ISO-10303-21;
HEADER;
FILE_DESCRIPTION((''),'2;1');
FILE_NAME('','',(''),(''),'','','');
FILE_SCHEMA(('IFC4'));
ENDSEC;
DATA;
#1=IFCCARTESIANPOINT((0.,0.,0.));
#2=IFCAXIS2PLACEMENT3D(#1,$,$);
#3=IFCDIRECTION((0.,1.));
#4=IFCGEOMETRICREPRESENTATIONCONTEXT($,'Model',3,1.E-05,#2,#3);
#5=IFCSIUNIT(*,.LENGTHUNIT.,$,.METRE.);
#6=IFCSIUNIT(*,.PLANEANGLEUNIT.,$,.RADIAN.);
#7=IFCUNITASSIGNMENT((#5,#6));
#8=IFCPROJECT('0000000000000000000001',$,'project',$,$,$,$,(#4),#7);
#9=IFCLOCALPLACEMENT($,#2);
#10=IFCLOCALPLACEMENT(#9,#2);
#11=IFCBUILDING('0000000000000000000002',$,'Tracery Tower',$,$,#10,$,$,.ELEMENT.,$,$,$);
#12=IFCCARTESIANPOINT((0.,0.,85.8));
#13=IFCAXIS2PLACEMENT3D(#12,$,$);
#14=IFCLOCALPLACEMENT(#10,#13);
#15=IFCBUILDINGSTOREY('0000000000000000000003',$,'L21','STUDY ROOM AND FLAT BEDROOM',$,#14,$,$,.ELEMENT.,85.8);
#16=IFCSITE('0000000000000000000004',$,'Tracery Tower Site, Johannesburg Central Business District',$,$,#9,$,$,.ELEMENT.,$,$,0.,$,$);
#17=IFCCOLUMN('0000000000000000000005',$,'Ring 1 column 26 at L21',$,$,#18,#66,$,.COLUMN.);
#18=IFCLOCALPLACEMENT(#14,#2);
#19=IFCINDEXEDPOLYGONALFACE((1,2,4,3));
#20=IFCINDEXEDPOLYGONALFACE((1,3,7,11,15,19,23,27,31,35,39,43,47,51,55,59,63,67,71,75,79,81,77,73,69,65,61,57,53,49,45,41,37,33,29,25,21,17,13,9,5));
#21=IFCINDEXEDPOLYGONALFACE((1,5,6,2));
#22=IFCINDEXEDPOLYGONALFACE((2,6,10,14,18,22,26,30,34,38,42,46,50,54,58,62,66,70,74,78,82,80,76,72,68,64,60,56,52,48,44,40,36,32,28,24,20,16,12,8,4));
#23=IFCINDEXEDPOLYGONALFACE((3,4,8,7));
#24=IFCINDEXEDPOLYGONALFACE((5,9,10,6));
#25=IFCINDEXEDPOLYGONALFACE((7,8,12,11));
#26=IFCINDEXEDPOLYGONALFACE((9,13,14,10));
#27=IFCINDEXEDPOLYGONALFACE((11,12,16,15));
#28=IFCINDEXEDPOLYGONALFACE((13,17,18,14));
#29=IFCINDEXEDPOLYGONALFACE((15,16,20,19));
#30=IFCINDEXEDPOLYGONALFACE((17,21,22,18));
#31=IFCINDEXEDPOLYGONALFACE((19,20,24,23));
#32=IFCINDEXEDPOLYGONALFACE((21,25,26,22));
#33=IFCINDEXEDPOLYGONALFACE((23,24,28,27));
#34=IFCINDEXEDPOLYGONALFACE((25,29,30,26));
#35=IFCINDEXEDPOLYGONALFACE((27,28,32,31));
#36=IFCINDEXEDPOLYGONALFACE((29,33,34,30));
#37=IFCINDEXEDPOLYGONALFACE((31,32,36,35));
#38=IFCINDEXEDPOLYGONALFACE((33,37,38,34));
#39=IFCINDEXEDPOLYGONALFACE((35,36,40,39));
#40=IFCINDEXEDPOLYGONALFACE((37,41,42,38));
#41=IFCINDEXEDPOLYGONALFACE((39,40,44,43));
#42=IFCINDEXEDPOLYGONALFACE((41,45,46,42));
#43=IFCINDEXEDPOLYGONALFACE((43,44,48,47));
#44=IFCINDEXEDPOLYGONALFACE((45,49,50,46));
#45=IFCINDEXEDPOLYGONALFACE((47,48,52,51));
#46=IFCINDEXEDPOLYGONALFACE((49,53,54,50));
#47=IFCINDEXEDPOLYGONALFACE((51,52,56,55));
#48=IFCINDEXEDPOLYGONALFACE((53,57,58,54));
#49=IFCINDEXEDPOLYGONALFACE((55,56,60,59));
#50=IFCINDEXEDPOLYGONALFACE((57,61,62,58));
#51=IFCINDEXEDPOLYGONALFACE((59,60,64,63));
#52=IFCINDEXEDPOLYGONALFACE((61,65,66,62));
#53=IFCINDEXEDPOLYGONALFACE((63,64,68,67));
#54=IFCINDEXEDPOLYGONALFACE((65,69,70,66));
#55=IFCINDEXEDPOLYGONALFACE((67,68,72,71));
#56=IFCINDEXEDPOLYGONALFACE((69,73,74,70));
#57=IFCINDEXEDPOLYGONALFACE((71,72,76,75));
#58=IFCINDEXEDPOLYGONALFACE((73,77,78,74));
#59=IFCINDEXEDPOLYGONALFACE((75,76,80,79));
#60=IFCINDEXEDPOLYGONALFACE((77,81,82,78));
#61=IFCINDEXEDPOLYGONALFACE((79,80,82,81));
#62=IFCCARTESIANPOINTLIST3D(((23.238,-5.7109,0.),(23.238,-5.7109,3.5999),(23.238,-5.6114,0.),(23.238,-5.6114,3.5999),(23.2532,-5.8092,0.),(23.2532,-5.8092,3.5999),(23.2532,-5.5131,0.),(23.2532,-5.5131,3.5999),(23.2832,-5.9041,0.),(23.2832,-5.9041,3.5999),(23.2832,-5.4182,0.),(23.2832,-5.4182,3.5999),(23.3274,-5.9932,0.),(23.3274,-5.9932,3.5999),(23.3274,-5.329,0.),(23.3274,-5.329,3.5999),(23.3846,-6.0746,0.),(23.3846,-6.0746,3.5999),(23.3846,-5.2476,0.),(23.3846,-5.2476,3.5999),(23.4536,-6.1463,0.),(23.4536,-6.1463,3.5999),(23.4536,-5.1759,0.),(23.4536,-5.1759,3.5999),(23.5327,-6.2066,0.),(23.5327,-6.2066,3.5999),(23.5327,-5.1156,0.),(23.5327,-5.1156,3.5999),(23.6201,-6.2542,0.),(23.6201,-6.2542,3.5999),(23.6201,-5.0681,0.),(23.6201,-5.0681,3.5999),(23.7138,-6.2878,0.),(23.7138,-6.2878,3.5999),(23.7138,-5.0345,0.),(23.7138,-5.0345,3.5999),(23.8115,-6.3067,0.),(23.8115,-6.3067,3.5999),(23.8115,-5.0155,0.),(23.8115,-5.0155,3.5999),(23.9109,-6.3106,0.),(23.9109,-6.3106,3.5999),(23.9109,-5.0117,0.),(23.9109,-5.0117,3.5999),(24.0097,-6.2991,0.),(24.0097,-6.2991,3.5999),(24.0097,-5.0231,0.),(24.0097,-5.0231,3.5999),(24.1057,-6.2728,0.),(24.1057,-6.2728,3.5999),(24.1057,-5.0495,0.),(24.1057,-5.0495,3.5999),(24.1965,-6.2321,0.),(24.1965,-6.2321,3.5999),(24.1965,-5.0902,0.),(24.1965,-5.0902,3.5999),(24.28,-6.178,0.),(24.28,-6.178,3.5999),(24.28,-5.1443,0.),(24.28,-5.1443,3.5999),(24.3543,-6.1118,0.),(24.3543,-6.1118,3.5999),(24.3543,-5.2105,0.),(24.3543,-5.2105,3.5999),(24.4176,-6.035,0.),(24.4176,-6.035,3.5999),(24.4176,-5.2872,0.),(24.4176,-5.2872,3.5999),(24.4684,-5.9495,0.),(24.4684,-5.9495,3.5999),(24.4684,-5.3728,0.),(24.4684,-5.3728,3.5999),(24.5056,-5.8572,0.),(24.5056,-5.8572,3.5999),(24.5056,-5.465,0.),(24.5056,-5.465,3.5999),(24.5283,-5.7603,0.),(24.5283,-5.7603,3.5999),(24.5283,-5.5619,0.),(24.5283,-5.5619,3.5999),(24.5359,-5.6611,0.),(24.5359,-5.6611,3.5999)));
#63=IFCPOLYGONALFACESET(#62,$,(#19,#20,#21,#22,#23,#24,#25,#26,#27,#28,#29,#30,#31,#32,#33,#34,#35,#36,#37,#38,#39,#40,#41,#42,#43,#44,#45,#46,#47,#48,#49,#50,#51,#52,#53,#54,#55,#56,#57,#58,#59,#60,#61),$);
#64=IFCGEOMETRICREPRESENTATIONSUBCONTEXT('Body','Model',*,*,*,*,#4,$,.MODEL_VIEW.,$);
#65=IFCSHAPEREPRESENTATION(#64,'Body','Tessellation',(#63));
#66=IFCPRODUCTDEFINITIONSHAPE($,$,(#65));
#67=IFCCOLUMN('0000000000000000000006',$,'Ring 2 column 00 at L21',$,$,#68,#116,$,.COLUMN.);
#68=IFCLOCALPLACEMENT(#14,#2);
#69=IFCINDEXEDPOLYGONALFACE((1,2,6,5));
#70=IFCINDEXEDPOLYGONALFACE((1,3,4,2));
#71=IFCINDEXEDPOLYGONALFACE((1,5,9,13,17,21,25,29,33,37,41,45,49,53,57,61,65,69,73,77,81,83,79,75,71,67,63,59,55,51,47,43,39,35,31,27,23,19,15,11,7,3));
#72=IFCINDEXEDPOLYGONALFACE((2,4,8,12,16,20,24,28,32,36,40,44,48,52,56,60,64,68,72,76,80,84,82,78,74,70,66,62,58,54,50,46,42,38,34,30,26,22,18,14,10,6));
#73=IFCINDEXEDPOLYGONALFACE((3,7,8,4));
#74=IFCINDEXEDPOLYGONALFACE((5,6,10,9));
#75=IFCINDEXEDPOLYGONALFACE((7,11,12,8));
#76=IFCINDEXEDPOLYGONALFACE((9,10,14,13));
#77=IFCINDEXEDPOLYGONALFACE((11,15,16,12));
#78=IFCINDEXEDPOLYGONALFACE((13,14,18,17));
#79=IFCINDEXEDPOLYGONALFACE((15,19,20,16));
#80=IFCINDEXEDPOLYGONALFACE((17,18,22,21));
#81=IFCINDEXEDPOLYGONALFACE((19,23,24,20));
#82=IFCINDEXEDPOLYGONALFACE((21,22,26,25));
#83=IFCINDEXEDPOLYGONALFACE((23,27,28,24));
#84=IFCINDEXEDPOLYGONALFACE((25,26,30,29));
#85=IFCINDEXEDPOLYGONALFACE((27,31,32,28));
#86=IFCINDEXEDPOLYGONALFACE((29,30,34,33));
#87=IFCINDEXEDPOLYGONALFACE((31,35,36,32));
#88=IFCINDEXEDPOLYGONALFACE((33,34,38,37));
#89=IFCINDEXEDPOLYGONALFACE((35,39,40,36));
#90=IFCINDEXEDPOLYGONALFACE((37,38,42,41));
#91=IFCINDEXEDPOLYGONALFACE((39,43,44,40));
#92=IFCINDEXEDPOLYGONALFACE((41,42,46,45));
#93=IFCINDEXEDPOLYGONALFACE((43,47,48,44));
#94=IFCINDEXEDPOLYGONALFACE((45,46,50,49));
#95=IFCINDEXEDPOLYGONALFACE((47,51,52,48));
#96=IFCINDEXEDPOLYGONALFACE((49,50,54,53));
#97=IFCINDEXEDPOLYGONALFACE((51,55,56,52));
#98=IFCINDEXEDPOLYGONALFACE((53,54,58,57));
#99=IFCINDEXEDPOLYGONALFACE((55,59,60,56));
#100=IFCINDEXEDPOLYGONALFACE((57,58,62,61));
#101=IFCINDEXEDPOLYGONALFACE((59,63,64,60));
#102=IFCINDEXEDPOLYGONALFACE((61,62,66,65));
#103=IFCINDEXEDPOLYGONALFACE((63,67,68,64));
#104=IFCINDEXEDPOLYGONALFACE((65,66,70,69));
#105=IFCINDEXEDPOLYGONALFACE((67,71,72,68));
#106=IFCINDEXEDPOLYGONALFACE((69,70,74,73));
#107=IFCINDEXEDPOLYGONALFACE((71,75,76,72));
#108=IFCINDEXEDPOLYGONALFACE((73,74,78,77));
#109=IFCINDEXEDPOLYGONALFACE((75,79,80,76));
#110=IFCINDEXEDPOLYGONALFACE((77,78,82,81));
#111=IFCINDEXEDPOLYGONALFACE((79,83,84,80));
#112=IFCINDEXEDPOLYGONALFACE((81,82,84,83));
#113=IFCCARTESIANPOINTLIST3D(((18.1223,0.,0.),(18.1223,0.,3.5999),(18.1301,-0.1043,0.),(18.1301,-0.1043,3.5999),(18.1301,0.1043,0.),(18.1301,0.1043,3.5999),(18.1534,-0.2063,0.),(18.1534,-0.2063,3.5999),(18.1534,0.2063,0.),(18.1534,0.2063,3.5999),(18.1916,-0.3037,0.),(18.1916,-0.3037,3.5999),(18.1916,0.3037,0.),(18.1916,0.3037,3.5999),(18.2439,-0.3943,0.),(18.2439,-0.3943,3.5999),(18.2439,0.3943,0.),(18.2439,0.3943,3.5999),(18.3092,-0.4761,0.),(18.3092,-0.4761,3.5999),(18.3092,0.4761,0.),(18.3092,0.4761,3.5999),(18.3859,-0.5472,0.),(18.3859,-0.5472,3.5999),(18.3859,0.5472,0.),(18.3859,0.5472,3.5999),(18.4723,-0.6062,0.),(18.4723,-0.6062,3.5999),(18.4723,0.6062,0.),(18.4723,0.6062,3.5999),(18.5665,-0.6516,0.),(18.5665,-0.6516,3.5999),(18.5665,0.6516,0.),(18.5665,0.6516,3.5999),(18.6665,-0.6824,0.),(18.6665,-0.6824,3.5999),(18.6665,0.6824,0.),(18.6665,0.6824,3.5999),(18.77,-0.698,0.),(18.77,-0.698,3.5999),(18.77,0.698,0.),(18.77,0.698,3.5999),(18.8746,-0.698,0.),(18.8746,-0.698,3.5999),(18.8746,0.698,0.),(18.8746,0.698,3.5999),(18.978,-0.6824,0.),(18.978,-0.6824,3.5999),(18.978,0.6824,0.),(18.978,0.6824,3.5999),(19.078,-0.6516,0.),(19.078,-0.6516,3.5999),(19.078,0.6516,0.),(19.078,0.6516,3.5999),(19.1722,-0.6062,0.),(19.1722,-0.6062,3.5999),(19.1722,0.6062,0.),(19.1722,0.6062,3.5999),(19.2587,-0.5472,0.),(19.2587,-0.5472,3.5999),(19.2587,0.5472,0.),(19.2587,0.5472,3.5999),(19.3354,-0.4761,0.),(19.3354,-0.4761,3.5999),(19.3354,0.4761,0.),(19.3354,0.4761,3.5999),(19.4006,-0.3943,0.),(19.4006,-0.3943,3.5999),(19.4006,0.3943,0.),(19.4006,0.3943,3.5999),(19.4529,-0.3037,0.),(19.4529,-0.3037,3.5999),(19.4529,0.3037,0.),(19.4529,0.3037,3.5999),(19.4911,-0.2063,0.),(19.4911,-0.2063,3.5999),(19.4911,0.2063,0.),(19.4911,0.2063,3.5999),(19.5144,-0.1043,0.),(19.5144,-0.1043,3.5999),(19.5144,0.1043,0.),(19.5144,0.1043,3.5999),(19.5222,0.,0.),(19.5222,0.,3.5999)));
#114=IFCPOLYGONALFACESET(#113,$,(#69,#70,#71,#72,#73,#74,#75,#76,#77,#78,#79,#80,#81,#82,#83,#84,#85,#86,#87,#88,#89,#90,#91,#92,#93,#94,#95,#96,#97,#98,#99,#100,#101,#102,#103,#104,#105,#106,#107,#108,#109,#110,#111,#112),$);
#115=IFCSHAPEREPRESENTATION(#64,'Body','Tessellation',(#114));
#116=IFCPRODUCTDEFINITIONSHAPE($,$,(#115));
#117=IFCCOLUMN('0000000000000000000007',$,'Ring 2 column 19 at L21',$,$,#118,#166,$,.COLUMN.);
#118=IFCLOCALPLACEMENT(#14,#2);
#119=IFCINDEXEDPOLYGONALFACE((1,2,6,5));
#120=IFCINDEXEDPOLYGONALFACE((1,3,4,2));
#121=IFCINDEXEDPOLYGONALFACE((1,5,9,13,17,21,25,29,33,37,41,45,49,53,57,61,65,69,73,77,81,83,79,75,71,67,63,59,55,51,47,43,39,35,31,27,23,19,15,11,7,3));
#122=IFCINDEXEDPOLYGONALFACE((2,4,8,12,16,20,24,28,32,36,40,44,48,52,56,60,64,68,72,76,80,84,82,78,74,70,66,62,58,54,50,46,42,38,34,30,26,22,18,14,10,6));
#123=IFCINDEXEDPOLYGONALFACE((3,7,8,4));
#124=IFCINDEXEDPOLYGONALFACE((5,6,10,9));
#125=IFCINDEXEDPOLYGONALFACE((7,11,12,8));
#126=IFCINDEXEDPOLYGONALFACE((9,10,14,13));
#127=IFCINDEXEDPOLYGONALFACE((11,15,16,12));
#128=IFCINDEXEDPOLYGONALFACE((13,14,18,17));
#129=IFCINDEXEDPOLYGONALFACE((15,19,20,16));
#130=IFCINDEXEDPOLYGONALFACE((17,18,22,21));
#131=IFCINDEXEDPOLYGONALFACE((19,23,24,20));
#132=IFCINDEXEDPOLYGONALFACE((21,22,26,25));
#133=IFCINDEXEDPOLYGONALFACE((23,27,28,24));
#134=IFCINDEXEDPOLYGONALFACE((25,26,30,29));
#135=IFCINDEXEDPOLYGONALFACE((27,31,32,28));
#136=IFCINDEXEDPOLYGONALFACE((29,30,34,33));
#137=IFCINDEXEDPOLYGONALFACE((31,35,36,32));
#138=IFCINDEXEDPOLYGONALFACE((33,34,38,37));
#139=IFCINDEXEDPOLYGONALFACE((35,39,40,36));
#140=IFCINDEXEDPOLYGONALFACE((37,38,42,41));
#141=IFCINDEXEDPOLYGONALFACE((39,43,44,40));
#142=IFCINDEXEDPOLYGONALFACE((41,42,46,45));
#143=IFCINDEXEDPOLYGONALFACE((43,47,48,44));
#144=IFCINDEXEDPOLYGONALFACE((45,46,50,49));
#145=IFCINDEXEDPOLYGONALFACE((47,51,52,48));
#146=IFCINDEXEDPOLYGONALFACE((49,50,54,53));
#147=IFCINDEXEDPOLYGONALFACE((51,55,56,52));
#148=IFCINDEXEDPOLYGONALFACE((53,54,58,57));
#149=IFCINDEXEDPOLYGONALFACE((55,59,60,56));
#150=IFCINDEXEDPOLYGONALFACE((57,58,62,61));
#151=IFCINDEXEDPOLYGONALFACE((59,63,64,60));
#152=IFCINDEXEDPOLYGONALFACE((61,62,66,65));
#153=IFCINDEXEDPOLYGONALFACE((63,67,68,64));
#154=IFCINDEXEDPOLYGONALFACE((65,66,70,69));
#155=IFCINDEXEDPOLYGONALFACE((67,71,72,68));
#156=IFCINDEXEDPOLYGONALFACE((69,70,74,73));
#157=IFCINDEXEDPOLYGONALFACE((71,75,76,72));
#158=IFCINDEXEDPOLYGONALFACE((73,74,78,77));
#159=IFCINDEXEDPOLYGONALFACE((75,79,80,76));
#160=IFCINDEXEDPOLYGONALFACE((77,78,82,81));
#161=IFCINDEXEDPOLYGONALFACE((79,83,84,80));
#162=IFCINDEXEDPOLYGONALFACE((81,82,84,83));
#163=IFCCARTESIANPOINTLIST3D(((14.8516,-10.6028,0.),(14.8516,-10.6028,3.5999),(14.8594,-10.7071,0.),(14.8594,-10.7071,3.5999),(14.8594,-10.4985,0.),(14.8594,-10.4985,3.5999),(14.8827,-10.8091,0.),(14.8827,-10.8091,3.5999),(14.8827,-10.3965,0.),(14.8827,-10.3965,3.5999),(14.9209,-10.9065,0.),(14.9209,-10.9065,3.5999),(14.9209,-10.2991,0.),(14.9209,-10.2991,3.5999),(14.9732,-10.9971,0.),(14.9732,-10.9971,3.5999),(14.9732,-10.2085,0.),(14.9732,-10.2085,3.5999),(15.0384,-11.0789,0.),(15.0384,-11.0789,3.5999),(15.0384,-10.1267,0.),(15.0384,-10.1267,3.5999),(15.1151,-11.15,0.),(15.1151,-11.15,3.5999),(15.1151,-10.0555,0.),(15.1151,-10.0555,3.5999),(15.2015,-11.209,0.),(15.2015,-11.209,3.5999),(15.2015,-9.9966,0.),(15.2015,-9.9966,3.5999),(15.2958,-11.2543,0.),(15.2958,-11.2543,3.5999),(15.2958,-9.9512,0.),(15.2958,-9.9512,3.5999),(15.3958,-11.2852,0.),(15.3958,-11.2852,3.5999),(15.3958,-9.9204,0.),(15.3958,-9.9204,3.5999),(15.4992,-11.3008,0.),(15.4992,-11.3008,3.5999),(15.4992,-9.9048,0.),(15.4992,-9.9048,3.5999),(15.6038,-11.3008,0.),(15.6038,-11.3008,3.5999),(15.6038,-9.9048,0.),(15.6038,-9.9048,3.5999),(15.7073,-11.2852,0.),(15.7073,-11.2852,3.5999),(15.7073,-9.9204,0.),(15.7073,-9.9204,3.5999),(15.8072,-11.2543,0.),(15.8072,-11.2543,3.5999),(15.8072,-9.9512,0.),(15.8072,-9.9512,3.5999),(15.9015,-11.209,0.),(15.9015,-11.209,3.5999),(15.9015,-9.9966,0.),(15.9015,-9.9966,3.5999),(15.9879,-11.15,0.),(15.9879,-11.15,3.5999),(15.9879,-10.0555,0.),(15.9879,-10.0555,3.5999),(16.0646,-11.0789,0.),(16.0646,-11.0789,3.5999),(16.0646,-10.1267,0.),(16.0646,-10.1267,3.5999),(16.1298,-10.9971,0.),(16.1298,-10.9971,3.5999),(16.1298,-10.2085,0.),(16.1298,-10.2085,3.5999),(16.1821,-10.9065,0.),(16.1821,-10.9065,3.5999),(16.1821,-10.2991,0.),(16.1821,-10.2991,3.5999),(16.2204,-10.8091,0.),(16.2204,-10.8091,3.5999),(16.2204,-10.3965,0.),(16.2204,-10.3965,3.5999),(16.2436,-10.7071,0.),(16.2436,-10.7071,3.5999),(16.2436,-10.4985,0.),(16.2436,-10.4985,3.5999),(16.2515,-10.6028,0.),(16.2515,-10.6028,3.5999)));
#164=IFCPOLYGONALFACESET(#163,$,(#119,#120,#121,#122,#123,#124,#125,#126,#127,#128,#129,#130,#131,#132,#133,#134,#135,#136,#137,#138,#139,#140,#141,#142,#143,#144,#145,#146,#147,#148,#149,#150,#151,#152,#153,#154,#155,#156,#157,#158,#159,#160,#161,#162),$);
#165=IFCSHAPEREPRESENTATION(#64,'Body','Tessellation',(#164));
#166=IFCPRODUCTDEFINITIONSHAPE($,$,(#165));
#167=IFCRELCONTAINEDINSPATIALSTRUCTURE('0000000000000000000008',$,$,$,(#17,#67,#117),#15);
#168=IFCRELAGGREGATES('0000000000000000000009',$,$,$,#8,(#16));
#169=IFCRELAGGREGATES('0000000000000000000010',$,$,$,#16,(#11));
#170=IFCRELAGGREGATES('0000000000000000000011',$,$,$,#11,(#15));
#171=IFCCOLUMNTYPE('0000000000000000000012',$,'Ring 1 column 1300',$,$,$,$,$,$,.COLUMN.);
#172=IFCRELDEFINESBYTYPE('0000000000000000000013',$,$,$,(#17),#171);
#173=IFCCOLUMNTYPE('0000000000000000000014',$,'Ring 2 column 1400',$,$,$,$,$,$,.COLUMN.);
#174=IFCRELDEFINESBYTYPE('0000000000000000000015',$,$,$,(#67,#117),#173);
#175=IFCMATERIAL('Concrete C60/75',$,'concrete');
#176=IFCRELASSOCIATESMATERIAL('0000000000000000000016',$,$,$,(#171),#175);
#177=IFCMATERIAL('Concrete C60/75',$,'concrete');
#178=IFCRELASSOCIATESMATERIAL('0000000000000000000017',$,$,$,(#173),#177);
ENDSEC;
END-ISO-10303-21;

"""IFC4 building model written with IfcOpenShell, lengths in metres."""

from ifc_helpers import new_model, si_unit, direction, frame, origin, origin_2d, place, context, subcontext, project, spatial, circle, extrude, material, material_profile, profile_set, type_object, element, save


model = new_model("IFC4")

# Units and contexts
model_context = context("Model", 3, precision=1e-05, world=origin(), true_north=direction((0.0, 1.0)))
body_context = subcontext(model_context, "Body", "Model", "MODEL_VIEW")
ifc_project = project(units=[si_unit("LENGTHUNIT", "METRE"), si_unit("PLANEANGLEUNIT", "RADIAN")], contexts=[model_context])

# Site, building, storey
site_placement = place(None, origin())
site = spatial("IfcSite", under=ifc_project, at=site_placement, Name="Tracery Tower Site, Johannesburg Central Business District", CompositionType="ELEMENT", RefElevation=0.0)
building_placement = place(site_placement, origin())
building = spatial("IfcBuilding", under=site, at=building_placement, Name="Tracery Tower", CompositionType="ELEMENT")
storey_placement = place(building_placement, frame((0.0, 0.0, 85.8)))
storey = spatial("IfcBuildingStorey", under=building, at=storey_placement, Name="L21", Description="STUDY ROOM AND FLAT BEDROOM", CompositionType="ELEMENT", Elevation=85.8)

# Columns
ifc_material_1 = material(Name="Concrete C60/75", Category="concrete")
ifc_material_profile_1 = material_profile(ifc_material_1, circle(Radius=0.6499, at=origin_2d()), Name="RC D1300")
ifc_profile_set_1 = profile_set([ifc_material_profile_1], Name="Concrete C60/75")
column_type_1 = type_object("IfcColumnType", Name="Ring 1 column 1300", PredefinedType="COLUMN", material=ifc_profile_set_1)
for number, where, z_axis, x_axis, name in (
    (1, (23.886, -5.6611, 0.0), (0.0, 0.0, 1.0), (1.0, 0.0, 0.0), "Ring 1 column 26 at L21"),
):
    element("IfcColumn", number, at=place(storey_placement, frame(where, z_axis=z_axis, x_axis=x_axis)), inside=storey, type_object=column_type_1, Name=name, PredefinedType="COLUMN", context=body_context, shape_type="SweptSolid", body=[
        extrude(circle(Radius=0.6499, at=origin_2d()), origin(), (0.0, 0.0, 1.0), 3.5999),
    ])
ifc_material_2 = material(Name="Concrete C60/75", Category="concrete")
ifc_material_profile_2 = material_profile(ifc_material_2, circle(Radius=0.7, at=origin_2d()), Name="RC D1400")
ifc_profile_set_2 = profile_set([ifc_material_profile_2], Name="Concrete C60/75")
column_type_2 = type_object("IfcColumnType", Name="Ring 2 column 1400", PredefinedType="COLUMN", material=ifc_profile_set_2)
for number, where, z_axis, x_axis, name in (
    (2, (18.8223, 0.0, 0.0), (0.0, 0.0, 1.0), (1.0, 0.0, 0.0), "Ring 2 column 00 at L21"),
    (3, (15.5515, -10.6028, 0.0), (0.0, 0.0, 1.0), (1.0, 0.0, 0.0), "Ring 2 column 19 at L21"),
):
    element("IfcColumn", number, at=place(storey_placement, frame(where, z_axis=z_axis, x_axis=x_axis)), inside=storey, type_object=column_type_2, Name=name, PredefinedType="COLUMN", context=body_context, shape_type="SweptSolid", body=[
        extrude(circle(Radius=0.7, at=origin_2d()), origin(), (0.0, 0.0, 1.0), 3.5999),
    ])

save(model, "model.ifc")
